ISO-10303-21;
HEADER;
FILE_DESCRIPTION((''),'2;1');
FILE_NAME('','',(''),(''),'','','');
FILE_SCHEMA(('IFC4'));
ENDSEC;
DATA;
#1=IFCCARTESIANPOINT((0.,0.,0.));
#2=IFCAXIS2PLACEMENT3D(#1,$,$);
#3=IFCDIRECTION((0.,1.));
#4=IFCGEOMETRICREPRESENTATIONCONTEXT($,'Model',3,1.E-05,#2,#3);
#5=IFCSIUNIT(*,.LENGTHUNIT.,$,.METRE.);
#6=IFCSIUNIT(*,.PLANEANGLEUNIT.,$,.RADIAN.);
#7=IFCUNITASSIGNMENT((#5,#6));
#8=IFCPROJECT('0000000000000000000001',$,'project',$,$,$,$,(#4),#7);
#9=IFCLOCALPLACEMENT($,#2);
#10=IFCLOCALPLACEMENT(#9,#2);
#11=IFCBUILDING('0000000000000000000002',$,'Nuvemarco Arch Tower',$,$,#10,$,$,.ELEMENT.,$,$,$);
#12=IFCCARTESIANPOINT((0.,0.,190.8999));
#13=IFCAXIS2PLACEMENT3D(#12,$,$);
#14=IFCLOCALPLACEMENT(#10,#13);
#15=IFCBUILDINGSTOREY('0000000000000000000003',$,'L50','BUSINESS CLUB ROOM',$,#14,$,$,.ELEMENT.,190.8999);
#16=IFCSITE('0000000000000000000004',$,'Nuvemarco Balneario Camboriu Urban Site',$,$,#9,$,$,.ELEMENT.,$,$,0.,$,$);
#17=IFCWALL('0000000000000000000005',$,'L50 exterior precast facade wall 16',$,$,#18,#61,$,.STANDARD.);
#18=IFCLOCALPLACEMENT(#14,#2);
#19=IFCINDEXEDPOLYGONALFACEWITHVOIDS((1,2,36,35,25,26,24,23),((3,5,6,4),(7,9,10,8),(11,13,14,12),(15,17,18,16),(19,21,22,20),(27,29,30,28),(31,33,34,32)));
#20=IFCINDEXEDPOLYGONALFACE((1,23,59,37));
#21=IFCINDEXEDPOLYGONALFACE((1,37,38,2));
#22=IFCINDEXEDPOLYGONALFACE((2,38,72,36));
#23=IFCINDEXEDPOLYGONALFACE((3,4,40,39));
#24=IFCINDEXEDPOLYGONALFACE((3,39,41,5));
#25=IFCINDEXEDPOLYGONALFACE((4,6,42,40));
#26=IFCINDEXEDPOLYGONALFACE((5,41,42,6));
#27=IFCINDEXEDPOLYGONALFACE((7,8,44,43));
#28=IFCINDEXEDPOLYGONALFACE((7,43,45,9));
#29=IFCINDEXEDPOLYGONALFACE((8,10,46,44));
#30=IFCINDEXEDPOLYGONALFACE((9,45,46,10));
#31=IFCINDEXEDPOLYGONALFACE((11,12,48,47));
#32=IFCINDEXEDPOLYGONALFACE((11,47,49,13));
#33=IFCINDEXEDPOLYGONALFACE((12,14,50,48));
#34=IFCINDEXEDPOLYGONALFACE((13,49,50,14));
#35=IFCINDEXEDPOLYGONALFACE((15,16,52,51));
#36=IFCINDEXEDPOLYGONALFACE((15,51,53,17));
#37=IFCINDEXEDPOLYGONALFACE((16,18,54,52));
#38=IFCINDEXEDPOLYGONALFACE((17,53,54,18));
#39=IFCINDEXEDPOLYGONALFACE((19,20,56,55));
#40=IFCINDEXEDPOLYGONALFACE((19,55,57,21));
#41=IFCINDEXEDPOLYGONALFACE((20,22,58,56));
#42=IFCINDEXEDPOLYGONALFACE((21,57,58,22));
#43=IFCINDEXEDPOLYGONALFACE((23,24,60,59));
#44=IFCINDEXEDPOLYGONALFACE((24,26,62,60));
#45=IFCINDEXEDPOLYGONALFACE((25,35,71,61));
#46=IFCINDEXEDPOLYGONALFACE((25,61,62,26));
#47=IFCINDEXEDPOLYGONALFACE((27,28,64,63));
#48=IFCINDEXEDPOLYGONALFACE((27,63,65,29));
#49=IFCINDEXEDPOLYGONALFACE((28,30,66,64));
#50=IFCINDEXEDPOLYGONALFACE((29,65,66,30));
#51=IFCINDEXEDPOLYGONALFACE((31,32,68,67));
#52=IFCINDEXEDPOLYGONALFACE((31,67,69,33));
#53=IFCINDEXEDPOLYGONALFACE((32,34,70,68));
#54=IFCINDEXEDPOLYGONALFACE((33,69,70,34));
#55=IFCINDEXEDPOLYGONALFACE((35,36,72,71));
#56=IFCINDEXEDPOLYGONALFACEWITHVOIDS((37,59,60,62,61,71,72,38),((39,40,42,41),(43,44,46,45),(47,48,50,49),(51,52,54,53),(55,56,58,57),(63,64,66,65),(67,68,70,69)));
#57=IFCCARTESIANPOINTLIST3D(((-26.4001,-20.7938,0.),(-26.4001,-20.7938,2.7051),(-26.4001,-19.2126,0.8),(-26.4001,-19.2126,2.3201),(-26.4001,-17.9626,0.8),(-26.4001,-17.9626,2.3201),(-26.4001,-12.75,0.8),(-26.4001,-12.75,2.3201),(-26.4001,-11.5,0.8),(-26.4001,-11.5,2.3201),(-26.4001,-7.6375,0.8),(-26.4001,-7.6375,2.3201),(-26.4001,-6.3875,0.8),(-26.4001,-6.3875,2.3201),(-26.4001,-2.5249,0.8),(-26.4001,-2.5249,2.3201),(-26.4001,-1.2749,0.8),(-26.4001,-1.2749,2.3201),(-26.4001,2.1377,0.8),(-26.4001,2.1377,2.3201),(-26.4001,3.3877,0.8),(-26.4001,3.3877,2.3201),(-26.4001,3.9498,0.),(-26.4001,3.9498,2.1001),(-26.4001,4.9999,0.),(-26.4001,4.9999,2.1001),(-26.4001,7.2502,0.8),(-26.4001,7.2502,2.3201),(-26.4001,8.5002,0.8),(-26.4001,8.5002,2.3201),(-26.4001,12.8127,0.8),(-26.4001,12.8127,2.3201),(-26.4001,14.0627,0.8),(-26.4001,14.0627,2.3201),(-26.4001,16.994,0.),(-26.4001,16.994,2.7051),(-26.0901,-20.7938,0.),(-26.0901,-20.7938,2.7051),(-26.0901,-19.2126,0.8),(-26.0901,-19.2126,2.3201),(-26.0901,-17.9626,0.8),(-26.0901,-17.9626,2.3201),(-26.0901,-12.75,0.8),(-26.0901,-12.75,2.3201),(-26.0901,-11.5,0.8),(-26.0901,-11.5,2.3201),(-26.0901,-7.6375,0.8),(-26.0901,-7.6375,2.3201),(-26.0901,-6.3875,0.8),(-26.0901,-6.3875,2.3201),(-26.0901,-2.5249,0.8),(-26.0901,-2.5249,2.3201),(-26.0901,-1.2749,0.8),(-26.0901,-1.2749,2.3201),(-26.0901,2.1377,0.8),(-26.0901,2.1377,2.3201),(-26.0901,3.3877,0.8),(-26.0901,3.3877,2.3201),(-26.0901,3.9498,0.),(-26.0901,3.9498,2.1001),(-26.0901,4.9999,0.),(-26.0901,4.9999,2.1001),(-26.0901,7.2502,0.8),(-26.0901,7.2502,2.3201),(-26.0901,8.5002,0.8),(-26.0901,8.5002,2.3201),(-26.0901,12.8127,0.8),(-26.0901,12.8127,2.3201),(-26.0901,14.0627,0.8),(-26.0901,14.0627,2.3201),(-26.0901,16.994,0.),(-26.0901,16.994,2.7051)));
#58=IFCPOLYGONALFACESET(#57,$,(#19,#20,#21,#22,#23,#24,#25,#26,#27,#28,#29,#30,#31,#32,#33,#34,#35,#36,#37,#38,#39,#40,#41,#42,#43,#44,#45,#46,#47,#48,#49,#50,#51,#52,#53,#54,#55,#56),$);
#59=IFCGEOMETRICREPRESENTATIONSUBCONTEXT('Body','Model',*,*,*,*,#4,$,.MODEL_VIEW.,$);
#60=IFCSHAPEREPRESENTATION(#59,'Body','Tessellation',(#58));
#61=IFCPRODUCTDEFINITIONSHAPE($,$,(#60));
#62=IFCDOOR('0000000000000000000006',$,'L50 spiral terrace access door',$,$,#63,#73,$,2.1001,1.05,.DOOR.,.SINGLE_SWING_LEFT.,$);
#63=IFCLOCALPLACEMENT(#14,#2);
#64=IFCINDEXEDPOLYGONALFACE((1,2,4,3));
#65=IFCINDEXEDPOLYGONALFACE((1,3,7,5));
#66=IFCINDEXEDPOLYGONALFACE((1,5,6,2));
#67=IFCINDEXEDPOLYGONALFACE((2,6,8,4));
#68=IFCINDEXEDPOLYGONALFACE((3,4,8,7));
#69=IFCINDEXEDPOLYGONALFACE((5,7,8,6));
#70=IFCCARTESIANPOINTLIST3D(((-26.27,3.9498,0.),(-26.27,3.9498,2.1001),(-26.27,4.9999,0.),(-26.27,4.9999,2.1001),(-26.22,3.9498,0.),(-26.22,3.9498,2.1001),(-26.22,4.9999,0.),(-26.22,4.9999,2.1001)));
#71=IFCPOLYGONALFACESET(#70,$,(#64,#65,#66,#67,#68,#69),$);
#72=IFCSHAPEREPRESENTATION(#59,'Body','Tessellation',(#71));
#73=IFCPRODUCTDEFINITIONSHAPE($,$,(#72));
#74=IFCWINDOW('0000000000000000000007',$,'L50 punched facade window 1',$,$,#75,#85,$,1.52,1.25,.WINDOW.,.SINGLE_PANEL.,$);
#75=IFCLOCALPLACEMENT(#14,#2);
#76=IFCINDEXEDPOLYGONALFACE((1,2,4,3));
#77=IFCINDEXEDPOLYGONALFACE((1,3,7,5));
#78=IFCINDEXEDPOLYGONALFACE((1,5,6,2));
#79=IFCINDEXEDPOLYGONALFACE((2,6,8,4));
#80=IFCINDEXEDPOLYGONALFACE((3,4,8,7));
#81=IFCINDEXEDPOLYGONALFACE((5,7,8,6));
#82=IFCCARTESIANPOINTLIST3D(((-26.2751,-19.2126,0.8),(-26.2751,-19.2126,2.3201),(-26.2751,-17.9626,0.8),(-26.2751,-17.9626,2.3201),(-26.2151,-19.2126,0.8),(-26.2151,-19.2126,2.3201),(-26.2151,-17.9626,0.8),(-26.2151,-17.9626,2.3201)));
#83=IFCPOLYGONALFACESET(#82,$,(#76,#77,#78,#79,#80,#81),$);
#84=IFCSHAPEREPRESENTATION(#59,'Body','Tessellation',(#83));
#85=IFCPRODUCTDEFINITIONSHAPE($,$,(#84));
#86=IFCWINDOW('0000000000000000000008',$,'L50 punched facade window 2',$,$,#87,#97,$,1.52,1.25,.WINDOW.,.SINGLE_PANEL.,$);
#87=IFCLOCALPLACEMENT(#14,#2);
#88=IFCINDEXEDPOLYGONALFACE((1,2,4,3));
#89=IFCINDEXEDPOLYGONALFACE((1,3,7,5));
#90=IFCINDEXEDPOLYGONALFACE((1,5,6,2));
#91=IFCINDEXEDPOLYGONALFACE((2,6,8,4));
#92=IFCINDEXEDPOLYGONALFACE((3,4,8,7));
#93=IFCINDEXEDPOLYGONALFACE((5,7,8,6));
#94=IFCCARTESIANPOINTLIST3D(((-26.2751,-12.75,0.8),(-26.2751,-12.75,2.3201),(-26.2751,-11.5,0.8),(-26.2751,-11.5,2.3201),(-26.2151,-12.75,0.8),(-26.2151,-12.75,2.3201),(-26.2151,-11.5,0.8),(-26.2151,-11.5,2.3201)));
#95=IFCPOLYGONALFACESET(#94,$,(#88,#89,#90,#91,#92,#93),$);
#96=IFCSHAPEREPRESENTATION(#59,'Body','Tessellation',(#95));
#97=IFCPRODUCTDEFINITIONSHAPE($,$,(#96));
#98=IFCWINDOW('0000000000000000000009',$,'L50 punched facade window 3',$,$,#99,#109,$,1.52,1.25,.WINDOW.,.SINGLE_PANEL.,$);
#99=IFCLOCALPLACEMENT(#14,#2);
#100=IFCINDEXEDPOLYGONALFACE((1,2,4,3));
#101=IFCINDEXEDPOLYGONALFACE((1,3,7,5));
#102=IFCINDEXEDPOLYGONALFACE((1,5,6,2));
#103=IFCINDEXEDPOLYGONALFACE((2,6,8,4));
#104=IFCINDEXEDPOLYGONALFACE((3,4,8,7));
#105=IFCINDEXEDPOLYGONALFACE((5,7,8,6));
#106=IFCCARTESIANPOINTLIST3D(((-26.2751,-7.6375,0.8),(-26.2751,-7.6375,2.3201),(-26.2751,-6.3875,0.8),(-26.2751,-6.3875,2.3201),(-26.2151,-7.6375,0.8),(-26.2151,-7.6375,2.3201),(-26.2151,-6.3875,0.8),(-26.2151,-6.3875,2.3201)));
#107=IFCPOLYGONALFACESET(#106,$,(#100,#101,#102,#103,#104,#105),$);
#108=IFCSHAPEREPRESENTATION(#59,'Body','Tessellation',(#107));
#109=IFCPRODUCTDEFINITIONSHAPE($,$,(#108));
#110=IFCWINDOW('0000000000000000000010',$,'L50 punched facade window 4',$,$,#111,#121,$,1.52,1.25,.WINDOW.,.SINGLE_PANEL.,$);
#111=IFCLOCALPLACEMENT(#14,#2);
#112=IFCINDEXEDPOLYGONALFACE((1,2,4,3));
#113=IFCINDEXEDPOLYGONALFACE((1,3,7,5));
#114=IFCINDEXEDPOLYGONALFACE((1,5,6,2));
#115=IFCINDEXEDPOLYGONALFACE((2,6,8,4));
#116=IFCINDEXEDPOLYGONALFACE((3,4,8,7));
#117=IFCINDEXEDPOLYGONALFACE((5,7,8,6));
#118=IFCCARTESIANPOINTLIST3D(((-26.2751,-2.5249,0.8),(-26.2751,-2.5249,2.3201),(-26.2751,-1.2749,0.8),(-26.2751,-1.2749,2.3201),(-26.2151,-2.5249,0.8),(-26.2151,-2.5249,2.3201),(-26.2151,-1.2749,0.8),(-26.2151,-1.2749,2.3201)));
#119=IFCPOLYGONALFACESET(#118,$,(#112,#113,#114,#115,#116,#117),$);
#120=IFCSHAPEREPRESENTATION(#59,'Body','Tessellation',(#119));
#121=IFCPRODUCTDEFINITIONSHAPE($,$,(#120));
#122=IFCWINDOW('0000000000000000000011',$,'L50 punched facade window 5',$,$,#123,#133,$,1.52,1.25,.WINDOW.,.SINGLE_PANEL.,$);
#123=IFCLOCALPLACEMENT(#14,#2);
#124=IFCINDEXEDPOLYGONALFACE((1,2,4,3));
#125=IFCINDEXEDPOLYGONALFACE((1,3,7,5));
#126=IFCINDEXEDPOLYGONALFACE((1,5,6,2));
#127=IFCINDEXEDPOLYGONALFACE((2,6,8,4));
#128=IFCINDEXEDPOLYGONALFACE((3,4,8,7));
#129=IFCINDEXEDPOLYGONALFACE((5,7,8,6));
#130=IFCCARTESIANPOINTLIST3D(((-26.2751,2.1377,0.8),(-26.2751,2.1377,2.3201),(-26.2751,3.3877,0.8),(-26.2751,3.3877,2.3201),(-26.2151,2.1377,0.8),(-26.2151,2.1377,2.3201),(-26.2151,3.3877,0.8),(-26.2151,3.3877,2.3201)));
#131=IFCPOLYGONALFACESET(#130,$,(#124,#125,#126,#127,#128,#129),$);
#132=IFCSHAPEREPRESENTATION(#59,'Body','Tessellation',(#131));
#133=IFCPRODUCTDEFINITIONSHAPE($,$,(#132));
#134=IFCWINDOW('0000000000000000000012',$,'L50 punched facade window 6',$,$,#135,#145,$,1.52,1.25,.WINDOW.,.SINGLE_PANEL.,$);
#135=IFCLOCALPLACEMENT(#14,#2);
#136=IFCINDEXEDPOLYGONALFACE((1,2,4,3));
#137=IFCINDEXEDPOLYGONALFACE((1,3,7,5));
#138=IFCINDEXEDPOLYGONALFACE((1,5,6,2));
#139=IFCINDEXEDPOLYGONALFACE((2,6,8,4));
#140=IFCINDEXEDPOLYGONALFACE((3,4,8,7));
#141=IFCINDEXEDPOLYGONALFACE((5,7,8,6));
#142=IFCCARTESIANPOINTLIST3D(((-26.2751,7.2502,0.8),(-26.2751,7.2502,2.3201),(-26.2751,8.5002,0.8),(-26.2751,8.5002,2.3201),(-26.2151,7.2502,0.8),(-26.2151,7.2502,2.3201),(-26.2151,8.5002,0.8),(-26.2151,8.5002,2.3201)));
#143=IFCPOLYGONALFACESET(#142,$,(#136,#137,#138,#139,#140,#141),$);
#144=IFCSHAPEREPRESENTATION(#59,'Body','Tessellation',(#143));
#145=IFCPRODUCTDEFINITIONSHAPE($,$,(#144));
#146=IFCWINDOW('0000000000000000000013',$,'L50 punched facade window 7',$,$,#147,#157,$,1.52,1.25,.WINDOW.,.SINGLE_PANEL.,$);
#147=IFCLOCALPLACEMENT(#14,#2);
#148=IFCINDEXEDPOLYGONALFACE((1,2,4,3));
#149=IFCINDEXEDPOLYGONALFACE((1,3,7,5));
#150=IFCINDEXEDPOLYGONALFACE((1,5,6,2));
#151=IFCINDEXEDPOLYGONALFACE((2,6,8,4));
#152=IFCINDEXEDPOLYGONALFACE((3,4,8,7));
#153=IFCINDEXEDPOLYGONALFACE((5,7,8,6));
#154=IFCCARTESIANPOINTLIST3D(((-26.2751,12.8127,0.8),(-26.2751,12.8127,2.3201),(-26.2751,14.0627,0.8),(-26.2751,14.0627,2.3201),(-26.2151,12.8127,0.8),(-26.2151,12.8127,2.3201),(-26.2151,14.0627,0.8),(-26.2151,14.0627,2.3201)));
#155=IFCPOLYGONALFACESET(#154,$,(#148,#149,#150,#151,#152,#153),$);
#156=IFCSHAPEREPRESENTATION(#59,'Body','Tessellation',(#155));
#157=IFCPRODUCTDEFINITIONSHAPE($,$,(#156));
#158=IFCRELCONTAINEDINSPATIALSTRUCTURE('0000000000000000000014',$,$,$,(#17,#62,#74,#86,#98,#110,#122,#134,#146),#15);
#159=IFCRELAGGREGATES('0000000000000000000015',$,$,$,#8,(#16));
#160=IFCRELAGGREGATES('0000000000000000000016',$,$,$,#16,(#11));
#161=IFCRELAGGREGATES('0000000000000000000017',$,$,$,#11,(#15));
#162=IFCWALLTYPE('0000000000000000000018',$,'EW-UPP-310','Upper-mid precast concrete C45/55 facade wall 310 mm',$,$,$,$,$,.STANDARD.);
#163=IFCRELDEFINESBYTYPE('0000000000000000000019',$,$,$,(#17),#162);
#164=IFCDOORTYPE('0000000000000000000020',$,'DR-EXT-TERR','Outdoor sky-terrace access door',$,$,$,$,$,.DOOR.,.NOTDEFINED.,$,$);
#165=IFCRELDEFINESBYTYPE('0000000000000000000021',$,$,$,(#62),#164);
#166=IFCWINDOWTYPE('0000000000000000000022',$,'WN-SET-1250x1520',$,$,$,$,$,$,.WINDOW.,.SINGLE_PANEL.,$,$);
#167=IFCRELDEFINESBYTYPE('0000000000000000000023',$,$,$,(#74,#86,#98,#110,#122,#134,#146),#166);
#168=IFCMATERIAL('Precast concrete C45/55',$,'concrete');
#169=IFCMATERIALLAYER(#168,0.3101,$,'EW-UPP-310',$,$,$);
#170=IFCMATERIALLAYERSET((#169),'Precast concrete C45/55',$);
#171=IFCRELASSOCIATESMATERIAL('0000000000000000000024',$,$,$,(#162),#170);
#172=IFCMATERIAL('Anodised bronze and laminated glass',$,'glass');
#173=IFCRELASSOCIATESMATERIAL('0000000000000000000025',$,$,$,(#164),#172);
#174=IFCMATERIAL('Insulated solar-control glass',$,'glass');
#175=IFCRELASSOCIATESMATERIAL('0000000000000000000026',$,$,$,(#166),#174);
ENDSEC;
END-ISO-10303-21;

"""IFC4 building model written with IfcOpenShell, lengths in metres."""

from ifc_helpers import new_model, si_unit, direction, frame, frame_2d, origin, place, context, subcontext, project, spatial, rectangle, extrude, source, transform, mapped, material, layer, layer_set, type_object, type_shapes, element, fill, save


model = new_model("IFC4")

# Units and contexts
model_context = context("Model", 3, precision=1e-05, world=origin(), true_north=direction((0.0, 1.0)))
body_context = subcontext(model_context, "Body", "Model", "MODEL_VIEW")
ifc_project = project(units=[si_unit("LENGTHUNIT", "METRE"), si_unit("PLANEANGLEUNIT", "RADIAN")], contexts=[model_context])

# Site, building, storey
site_placement = place(None, origin())
site = spatial("IfcSite", under=ifc_project, at=site_placement, Name="Nuvemarco Balneario Camboriu Urban Site", CompositionType="ELEMENT", RefElevation=0.0)
building_placement = place(site_placement, origin())
building = spatial("IfcBuilding", under=site, at=building_placement, Name="Nuvemarco Arch Tower", CompositionType="ELEMENT")
storey_placement = place(building_placement, frame((0.0, 0.0, 190.8999)))
storey = spatial("IfcBuildingStorey", under=building, at=storey_placement, Name="L50", Description="BUSINESS CLUB ROOM", CompositionType="ELEMENT", Elevation=190.8999)

# Wall, openings, door, windows
ifc_material_1 = material(Name="Precast concrete C45/55", Category="concrete")
ifc_layer = layer(ifc_material_1, 0.3101, Name="EW-UPP-310")
ifc_layer_set = layer_set([ifc_layer], Name="Precast concrete C45/55")
wall_type = type_object("IfcWallType", Name="EW-UPP-310", Description="Upper-mid precast concrete C45/55 facade wall 310 mm", PredefinedType="STANDARD", material=ifc_layer_set)
wall_1_placement = place(storey_placement, frame((-26.2451, -20.7939, 0.0), z_axis=(0.0, 0.0, 1.0), x_axis=(0.0, 1.0, 0.0)))
wall_1 = element("IfcWall", 1, at=wall_1_placement, inside=storey, type_object=wall_type, Name="L50 exterior precast facade wall 16", PredefinedType="STANDARD", context=body_context, shape_type="SweptSolid", body=[
    extrude(rectangle(XDim=37.7878, YDim=0.3101, at=frame_2d((18.894, 0.0))), origin(), (0.0, 0.0, 1.0), 2.7051),
])
opening_1_placement = place(wall_1_placement, frame((24.7439, 0.0, 0.0)))
opening_1 = element("IfcOpeningElement", 2, at=opening_1_placement, cuts=wall_1, PredefinedType="OPENING", context=body_context, shape_type="SweptSolid", body=[
    extrude(rectangle(XDim=1.05, YDim=2.1001, at=frame_2d((0.5249, 1.05))), frame((0.0, 0.165, 0.0), z_axis=(0.0, -1.0, 0.0), x_axis=(1.0, 0.0, 0.0)), (0.0, 0.0, 1.0), 0.3301),
])
opening_2_placement = place(wall_1_placement, frame((1.5813, 0.0, 0.8)))
opening_2 = element("IfcOpeningElement", 3, at=opening_2_placement, cuts=wall_1, PredefinedType="OPENING", context=body_context, shape_type="SweptSolid", body=[
    extrude(rectangle(XDim=1.25, YDim=1.52, at=frame_2d((0.625, 0.76))), frame((0.0, 0.165, 0.0), z_axis=(0.0, -1.0, 0.0), x_axis=(1.0, 0.0, 0.0)), (0.0, 0.0, 1.0), 0.3301),
])
opening_3_placement = place(wall_1_placement, frame((8.0439, 0.0, 0.8)))
opening_3 = element("IfcOpeningElement", 4, at=opening_3_placement, cuts=wall_1, PredefinedType="OPENING", context=body_context, shape_type="SweptSolid", body=[
    extrude(rectangle(XDim=1.25, YDim=1.52, at=frame_2d((0.625, 0.76))), frame((0.0, 0.165, 0.0), z_axis=(0.0, -1.0, 0.0), x_axis=(1.0, 0.0, 0.0)), (0.0, 0.0, 1.0), 0.3301),
])
opening_4_placement = place(wall_1_placement, frame((13.1565, 0.0, 0.8)))
opening_4 = element("IfcOpeningElement", 5, at=opening_4_placement, cuts=wall_1, PredefinedType="OPENING", context=body_context, shape_type="SweptSolid", body=[
    extrude(rectangle(XDim=1.25, YDim=1.52, at=frame_2d((0.625, 0.76))), frame((0.0, 0.165, 0.0), z_axis=(0.0, -1.0, 0.0), x_axis=(1.0, 0.0, 0.0)), (0.0, 0.0, 1.0), 0.3301),
])
opening_5_placement = place(wall_1_placement, frame((18.269, 0.0, 0.8)))
opening_5 = element("IfcOpeningElement", 6, at=opening_5_placement, cuts=wall_1, PredefinedType="OPENING", context=body_context, shape_type="SweptSolid", body=[
    extrude(rectangle(XDim=1.25, YDim=1.52, at=frame_2d((0.625, 0.76))), frame((0.0, 0.165, 0.0), z_axis=(0.0, -1.0, 0.0), x_axis=(1.0, 0.0, 0.0)), (0.0, 0.0, 1.0), 0.3301),
])
opening_6_placement = place(wall_1_placement, frame((22.9316, 0.0, 0.8)))
opening_6 = element("IfcOpeningElement", 7, at=opening_6_placement, cuts=wall_1, PredefinedType="OPENING", context=body_context, shape_type="SweptSolid", body=[
    extrude(rectangle(XDim=1.25, YDim=1.52, at=frame_2d((0.625, 0.76))), frame((0.0, 0.165, 0.0), z_axis=(0.0, -1.0, 0.0), x_axis=(1.0, 0.0, 0.0)), (0.0, 0.0, 1.0), 0.3301),
])
opening_7_placement = place(wall_1_placement, frame((28.0442, 0.0, 0.8)))
opening_7 = element("IfcOpeningElement", 8, at=opening_7_placement, cuts=wall_1, PredefinedType="OPENING", context=body_context, shape_type="SweptSolid", body=[
    extrude(rectangle(XDim=1.25, YDim=1.52, at=frame_2d((0.625, 0.76))), frame((0.0, 0.165, 0.0), z_axis=(0.0, -1.0, 0.0), x_axis=(1.0, 0.0, 0.0)), (0.0, 0.0, 1.0), 0.3301),
])
opening_8_placement = place(wall_1_placement, frame((33.6067, 0.0, 0.8)))
opening_8 = element("IfcOpeningElement", 9, at=opening_8_placement, cuts=wall_1, PredefinedType="OPENING", context=body_context, shape_type="SweptSolid", body=[
    extrude(rectangle(XDim=1.25, YDim=1.52, at=frame_2d((0.625, 0.76))), frame((0.0, 0.165, 0.0), z_axis=(0.0, -1.0, 0.0), x_axis=(1.0, 0.0, 0.0)), (0.0, 0.0, 1.0), 0.3301),
])
ifc_material_2 = material(Name="Anodised bronze and laminated glass", Category="glass")
door_type = type_object("IfcDoorType", Name="DR-EXT-TERR", Description="Outdoor sky-terrace access door", OperationType="NOTDEFINED", PredefinedType="DOOR", material=ifc_material_2)
shared_shape_1 = source(origin(), body_context, "Body", "SweptSolid", [
    extrude(rectangle(XDim=1.05, YDim=2.1001, at=frame_2d((0.5249, 1.05))), frame((0.0, 0.0249, 0.0), z_axis=(0.0, -1.0, 0.0), x_axis=(1.0, 0.0, 0.0)), (0.0, 0.0, 1.0), 0.05),
])
type_shapes(door_type, [shared_shape_1])
door_placement = place(opening_1_placement, origin())
door = element("IfcDoor", 10, at=door_placement, inside=storey, type_object=door_type, Name="L50 spiral terrace access door", OperationType="SINGLE_SWING_LEFT", OverallHeight=2.1001, OverallWidth=1.05, PredefinedType="DOOR", context=body_context, shape_type="MappedRepresentation", body=[
    mapped(shared_shape_1, transform((0.0, 0.0, 0.0), scale=1.0)),
])
fill(opening_1, door)
ifc_material_3 = material(Name="Insulated solar-control glass", Category="glass")
window_type = type_object("IfcWindowType", Name="WN-SET-1250x1520", PartitioningType="SINGLE_PANEL", PredefinedType="WINDOW", material=ifc_material_3)
shared_shape_2 = source(origin(), body_context, "Body", "SweptSolid", [
    extrude(rectangle(XDim=1.25, YDim=1.52, at=frame_2d((0.625, 0.76))), frame((0.0, 0.03, 0.0), z_axis=(0.0, -1.0, 0.0), x_axis=(1.0, 0.0, 0.0)), (0.0, 0.0, 1.0), 0.0601),
])
type_shapes(window_type, [shared_shape_2])
window_1_placement = place(opening_2_placement, origin())
window_1 = element("IfcWindow", 11, at=window_1_placement, inside=storey, type_object=window_type, Name="L50 punched facade window 1", OverallHeight=1.52, OverallWidth=1.25, PartitioningType="SINGLE_PANEL", PredefinedType="WINDOW", context=body_context, shape_type="MappedRepresentation", body=[
    mapped(shared_shape_2, transform((0.0, 0.0, 0.0), scale=1.0)),
])
fill(opening_2, window_1)
window_2_placement = place(opening_3_placement, origin())
window_2 = element("IfcWindow", 12, at=window_2_placement, inside=storey, type_object=window_type, Name="L50 punched facade window 2", OverallHeight=1.52, OverallWidth=1.25, PartitioningType="SINGLE_PANEL", PredefinedType="WINDOW", context=body_context, shape_type="MappedRepresentation", body=[
    mapped(shared_shape_2, transform((0.0, 0.0, 0.0), scale=1.0)),
])
fill(opening_3, window_2)
window_3_placement = place(opening_4_placement, origin())
window_3 = element("IfcWindow", 13, at=window_3_placement, inside=storey, type_object=window_type, Name="L50 punched facade window 3", OverallHeight=1.52, OverallWidth=1.25, PartitioningType="SINGLE_PANEL", PredefinedType="WINDOW", context=body_context, shape_type="MappedRepresentation", body=[
    mapped(shared_shape_2, transform((0.0, 0.0, 0.0), scale=1.0)),
])
fill(opening_4, window_3)
window_4_placement = place(opening_5_placement, origin())
window_4 = element("IfcWindow", 14, at=window_4_placement, inside=storey, type_object=window_type, Name="L50 punched facade window 4", OverallHeight=1.52, OverallWidth=1.25, PartitioningType="SINGLE_PANEL", PredefinedType="WINDOW", context=body_context, shape_type="MappedRepresentation", body=[
    mapped(shared_shape_2, transform((0.0, 0.0, 0.0), scale=1.0)),
])
fill(opening_5, window_4)
window_5_placement = place(opening_6_placement, origin())
window_5 = element("IfcWindow", 15, at=window_5_placement, inside=storey, type_object=window_type, Name="L50 punched facade window 5", OverallHeight=1.52, OverallWidth=1.25, PartitioningType="SINGLE_PANEL", PredefinedType="WINDOW", context=body_context, shape_type="MappedRepresentation", body=[
    mapped(shared_shape_2, transform((0.0, 0.0, 0.0), scale=1.0)),
])
fill(opening_6, window_5)
window_6_placement = place(opening_7_placement, origin())
window_6 = element("IfcWindow", 16, at=window_6_placement, inside=storey, type_object=window_type, Name="L50 punched facade window 6", OverallHeight=1.52, OverallWidth=1.25, PartitioningType="SINGLE_PANEL", PredefinedType="WINDOW", context=body_context, shape_type="MappedRepresentation", body=[
    mapped(shared_shape_2, transform((0.0, 0.0, 0.0), scale=1.0)),
])
fill(opening_7, window_6)
window_7_placement = place(opening_8_placement, origin())
window_7 = element("IfcWindow", 17, at=window_7_placement, inside=storey, type_object=window_type, Name="L50 punched facade window 7", OverallHeight=1.52, OverallWidth=1.25, PartitioningType="SINGLE_PANEL", PredefinedType="WINDOW", context=body_context, shape_type="MappedRepresentation", body=[
    mapped(shared_shape_2, transform((0.0, 0.0, 0.0), scale=1.0)),
])
fill(opening_8, window_7)

save(model, "model.ifc")
